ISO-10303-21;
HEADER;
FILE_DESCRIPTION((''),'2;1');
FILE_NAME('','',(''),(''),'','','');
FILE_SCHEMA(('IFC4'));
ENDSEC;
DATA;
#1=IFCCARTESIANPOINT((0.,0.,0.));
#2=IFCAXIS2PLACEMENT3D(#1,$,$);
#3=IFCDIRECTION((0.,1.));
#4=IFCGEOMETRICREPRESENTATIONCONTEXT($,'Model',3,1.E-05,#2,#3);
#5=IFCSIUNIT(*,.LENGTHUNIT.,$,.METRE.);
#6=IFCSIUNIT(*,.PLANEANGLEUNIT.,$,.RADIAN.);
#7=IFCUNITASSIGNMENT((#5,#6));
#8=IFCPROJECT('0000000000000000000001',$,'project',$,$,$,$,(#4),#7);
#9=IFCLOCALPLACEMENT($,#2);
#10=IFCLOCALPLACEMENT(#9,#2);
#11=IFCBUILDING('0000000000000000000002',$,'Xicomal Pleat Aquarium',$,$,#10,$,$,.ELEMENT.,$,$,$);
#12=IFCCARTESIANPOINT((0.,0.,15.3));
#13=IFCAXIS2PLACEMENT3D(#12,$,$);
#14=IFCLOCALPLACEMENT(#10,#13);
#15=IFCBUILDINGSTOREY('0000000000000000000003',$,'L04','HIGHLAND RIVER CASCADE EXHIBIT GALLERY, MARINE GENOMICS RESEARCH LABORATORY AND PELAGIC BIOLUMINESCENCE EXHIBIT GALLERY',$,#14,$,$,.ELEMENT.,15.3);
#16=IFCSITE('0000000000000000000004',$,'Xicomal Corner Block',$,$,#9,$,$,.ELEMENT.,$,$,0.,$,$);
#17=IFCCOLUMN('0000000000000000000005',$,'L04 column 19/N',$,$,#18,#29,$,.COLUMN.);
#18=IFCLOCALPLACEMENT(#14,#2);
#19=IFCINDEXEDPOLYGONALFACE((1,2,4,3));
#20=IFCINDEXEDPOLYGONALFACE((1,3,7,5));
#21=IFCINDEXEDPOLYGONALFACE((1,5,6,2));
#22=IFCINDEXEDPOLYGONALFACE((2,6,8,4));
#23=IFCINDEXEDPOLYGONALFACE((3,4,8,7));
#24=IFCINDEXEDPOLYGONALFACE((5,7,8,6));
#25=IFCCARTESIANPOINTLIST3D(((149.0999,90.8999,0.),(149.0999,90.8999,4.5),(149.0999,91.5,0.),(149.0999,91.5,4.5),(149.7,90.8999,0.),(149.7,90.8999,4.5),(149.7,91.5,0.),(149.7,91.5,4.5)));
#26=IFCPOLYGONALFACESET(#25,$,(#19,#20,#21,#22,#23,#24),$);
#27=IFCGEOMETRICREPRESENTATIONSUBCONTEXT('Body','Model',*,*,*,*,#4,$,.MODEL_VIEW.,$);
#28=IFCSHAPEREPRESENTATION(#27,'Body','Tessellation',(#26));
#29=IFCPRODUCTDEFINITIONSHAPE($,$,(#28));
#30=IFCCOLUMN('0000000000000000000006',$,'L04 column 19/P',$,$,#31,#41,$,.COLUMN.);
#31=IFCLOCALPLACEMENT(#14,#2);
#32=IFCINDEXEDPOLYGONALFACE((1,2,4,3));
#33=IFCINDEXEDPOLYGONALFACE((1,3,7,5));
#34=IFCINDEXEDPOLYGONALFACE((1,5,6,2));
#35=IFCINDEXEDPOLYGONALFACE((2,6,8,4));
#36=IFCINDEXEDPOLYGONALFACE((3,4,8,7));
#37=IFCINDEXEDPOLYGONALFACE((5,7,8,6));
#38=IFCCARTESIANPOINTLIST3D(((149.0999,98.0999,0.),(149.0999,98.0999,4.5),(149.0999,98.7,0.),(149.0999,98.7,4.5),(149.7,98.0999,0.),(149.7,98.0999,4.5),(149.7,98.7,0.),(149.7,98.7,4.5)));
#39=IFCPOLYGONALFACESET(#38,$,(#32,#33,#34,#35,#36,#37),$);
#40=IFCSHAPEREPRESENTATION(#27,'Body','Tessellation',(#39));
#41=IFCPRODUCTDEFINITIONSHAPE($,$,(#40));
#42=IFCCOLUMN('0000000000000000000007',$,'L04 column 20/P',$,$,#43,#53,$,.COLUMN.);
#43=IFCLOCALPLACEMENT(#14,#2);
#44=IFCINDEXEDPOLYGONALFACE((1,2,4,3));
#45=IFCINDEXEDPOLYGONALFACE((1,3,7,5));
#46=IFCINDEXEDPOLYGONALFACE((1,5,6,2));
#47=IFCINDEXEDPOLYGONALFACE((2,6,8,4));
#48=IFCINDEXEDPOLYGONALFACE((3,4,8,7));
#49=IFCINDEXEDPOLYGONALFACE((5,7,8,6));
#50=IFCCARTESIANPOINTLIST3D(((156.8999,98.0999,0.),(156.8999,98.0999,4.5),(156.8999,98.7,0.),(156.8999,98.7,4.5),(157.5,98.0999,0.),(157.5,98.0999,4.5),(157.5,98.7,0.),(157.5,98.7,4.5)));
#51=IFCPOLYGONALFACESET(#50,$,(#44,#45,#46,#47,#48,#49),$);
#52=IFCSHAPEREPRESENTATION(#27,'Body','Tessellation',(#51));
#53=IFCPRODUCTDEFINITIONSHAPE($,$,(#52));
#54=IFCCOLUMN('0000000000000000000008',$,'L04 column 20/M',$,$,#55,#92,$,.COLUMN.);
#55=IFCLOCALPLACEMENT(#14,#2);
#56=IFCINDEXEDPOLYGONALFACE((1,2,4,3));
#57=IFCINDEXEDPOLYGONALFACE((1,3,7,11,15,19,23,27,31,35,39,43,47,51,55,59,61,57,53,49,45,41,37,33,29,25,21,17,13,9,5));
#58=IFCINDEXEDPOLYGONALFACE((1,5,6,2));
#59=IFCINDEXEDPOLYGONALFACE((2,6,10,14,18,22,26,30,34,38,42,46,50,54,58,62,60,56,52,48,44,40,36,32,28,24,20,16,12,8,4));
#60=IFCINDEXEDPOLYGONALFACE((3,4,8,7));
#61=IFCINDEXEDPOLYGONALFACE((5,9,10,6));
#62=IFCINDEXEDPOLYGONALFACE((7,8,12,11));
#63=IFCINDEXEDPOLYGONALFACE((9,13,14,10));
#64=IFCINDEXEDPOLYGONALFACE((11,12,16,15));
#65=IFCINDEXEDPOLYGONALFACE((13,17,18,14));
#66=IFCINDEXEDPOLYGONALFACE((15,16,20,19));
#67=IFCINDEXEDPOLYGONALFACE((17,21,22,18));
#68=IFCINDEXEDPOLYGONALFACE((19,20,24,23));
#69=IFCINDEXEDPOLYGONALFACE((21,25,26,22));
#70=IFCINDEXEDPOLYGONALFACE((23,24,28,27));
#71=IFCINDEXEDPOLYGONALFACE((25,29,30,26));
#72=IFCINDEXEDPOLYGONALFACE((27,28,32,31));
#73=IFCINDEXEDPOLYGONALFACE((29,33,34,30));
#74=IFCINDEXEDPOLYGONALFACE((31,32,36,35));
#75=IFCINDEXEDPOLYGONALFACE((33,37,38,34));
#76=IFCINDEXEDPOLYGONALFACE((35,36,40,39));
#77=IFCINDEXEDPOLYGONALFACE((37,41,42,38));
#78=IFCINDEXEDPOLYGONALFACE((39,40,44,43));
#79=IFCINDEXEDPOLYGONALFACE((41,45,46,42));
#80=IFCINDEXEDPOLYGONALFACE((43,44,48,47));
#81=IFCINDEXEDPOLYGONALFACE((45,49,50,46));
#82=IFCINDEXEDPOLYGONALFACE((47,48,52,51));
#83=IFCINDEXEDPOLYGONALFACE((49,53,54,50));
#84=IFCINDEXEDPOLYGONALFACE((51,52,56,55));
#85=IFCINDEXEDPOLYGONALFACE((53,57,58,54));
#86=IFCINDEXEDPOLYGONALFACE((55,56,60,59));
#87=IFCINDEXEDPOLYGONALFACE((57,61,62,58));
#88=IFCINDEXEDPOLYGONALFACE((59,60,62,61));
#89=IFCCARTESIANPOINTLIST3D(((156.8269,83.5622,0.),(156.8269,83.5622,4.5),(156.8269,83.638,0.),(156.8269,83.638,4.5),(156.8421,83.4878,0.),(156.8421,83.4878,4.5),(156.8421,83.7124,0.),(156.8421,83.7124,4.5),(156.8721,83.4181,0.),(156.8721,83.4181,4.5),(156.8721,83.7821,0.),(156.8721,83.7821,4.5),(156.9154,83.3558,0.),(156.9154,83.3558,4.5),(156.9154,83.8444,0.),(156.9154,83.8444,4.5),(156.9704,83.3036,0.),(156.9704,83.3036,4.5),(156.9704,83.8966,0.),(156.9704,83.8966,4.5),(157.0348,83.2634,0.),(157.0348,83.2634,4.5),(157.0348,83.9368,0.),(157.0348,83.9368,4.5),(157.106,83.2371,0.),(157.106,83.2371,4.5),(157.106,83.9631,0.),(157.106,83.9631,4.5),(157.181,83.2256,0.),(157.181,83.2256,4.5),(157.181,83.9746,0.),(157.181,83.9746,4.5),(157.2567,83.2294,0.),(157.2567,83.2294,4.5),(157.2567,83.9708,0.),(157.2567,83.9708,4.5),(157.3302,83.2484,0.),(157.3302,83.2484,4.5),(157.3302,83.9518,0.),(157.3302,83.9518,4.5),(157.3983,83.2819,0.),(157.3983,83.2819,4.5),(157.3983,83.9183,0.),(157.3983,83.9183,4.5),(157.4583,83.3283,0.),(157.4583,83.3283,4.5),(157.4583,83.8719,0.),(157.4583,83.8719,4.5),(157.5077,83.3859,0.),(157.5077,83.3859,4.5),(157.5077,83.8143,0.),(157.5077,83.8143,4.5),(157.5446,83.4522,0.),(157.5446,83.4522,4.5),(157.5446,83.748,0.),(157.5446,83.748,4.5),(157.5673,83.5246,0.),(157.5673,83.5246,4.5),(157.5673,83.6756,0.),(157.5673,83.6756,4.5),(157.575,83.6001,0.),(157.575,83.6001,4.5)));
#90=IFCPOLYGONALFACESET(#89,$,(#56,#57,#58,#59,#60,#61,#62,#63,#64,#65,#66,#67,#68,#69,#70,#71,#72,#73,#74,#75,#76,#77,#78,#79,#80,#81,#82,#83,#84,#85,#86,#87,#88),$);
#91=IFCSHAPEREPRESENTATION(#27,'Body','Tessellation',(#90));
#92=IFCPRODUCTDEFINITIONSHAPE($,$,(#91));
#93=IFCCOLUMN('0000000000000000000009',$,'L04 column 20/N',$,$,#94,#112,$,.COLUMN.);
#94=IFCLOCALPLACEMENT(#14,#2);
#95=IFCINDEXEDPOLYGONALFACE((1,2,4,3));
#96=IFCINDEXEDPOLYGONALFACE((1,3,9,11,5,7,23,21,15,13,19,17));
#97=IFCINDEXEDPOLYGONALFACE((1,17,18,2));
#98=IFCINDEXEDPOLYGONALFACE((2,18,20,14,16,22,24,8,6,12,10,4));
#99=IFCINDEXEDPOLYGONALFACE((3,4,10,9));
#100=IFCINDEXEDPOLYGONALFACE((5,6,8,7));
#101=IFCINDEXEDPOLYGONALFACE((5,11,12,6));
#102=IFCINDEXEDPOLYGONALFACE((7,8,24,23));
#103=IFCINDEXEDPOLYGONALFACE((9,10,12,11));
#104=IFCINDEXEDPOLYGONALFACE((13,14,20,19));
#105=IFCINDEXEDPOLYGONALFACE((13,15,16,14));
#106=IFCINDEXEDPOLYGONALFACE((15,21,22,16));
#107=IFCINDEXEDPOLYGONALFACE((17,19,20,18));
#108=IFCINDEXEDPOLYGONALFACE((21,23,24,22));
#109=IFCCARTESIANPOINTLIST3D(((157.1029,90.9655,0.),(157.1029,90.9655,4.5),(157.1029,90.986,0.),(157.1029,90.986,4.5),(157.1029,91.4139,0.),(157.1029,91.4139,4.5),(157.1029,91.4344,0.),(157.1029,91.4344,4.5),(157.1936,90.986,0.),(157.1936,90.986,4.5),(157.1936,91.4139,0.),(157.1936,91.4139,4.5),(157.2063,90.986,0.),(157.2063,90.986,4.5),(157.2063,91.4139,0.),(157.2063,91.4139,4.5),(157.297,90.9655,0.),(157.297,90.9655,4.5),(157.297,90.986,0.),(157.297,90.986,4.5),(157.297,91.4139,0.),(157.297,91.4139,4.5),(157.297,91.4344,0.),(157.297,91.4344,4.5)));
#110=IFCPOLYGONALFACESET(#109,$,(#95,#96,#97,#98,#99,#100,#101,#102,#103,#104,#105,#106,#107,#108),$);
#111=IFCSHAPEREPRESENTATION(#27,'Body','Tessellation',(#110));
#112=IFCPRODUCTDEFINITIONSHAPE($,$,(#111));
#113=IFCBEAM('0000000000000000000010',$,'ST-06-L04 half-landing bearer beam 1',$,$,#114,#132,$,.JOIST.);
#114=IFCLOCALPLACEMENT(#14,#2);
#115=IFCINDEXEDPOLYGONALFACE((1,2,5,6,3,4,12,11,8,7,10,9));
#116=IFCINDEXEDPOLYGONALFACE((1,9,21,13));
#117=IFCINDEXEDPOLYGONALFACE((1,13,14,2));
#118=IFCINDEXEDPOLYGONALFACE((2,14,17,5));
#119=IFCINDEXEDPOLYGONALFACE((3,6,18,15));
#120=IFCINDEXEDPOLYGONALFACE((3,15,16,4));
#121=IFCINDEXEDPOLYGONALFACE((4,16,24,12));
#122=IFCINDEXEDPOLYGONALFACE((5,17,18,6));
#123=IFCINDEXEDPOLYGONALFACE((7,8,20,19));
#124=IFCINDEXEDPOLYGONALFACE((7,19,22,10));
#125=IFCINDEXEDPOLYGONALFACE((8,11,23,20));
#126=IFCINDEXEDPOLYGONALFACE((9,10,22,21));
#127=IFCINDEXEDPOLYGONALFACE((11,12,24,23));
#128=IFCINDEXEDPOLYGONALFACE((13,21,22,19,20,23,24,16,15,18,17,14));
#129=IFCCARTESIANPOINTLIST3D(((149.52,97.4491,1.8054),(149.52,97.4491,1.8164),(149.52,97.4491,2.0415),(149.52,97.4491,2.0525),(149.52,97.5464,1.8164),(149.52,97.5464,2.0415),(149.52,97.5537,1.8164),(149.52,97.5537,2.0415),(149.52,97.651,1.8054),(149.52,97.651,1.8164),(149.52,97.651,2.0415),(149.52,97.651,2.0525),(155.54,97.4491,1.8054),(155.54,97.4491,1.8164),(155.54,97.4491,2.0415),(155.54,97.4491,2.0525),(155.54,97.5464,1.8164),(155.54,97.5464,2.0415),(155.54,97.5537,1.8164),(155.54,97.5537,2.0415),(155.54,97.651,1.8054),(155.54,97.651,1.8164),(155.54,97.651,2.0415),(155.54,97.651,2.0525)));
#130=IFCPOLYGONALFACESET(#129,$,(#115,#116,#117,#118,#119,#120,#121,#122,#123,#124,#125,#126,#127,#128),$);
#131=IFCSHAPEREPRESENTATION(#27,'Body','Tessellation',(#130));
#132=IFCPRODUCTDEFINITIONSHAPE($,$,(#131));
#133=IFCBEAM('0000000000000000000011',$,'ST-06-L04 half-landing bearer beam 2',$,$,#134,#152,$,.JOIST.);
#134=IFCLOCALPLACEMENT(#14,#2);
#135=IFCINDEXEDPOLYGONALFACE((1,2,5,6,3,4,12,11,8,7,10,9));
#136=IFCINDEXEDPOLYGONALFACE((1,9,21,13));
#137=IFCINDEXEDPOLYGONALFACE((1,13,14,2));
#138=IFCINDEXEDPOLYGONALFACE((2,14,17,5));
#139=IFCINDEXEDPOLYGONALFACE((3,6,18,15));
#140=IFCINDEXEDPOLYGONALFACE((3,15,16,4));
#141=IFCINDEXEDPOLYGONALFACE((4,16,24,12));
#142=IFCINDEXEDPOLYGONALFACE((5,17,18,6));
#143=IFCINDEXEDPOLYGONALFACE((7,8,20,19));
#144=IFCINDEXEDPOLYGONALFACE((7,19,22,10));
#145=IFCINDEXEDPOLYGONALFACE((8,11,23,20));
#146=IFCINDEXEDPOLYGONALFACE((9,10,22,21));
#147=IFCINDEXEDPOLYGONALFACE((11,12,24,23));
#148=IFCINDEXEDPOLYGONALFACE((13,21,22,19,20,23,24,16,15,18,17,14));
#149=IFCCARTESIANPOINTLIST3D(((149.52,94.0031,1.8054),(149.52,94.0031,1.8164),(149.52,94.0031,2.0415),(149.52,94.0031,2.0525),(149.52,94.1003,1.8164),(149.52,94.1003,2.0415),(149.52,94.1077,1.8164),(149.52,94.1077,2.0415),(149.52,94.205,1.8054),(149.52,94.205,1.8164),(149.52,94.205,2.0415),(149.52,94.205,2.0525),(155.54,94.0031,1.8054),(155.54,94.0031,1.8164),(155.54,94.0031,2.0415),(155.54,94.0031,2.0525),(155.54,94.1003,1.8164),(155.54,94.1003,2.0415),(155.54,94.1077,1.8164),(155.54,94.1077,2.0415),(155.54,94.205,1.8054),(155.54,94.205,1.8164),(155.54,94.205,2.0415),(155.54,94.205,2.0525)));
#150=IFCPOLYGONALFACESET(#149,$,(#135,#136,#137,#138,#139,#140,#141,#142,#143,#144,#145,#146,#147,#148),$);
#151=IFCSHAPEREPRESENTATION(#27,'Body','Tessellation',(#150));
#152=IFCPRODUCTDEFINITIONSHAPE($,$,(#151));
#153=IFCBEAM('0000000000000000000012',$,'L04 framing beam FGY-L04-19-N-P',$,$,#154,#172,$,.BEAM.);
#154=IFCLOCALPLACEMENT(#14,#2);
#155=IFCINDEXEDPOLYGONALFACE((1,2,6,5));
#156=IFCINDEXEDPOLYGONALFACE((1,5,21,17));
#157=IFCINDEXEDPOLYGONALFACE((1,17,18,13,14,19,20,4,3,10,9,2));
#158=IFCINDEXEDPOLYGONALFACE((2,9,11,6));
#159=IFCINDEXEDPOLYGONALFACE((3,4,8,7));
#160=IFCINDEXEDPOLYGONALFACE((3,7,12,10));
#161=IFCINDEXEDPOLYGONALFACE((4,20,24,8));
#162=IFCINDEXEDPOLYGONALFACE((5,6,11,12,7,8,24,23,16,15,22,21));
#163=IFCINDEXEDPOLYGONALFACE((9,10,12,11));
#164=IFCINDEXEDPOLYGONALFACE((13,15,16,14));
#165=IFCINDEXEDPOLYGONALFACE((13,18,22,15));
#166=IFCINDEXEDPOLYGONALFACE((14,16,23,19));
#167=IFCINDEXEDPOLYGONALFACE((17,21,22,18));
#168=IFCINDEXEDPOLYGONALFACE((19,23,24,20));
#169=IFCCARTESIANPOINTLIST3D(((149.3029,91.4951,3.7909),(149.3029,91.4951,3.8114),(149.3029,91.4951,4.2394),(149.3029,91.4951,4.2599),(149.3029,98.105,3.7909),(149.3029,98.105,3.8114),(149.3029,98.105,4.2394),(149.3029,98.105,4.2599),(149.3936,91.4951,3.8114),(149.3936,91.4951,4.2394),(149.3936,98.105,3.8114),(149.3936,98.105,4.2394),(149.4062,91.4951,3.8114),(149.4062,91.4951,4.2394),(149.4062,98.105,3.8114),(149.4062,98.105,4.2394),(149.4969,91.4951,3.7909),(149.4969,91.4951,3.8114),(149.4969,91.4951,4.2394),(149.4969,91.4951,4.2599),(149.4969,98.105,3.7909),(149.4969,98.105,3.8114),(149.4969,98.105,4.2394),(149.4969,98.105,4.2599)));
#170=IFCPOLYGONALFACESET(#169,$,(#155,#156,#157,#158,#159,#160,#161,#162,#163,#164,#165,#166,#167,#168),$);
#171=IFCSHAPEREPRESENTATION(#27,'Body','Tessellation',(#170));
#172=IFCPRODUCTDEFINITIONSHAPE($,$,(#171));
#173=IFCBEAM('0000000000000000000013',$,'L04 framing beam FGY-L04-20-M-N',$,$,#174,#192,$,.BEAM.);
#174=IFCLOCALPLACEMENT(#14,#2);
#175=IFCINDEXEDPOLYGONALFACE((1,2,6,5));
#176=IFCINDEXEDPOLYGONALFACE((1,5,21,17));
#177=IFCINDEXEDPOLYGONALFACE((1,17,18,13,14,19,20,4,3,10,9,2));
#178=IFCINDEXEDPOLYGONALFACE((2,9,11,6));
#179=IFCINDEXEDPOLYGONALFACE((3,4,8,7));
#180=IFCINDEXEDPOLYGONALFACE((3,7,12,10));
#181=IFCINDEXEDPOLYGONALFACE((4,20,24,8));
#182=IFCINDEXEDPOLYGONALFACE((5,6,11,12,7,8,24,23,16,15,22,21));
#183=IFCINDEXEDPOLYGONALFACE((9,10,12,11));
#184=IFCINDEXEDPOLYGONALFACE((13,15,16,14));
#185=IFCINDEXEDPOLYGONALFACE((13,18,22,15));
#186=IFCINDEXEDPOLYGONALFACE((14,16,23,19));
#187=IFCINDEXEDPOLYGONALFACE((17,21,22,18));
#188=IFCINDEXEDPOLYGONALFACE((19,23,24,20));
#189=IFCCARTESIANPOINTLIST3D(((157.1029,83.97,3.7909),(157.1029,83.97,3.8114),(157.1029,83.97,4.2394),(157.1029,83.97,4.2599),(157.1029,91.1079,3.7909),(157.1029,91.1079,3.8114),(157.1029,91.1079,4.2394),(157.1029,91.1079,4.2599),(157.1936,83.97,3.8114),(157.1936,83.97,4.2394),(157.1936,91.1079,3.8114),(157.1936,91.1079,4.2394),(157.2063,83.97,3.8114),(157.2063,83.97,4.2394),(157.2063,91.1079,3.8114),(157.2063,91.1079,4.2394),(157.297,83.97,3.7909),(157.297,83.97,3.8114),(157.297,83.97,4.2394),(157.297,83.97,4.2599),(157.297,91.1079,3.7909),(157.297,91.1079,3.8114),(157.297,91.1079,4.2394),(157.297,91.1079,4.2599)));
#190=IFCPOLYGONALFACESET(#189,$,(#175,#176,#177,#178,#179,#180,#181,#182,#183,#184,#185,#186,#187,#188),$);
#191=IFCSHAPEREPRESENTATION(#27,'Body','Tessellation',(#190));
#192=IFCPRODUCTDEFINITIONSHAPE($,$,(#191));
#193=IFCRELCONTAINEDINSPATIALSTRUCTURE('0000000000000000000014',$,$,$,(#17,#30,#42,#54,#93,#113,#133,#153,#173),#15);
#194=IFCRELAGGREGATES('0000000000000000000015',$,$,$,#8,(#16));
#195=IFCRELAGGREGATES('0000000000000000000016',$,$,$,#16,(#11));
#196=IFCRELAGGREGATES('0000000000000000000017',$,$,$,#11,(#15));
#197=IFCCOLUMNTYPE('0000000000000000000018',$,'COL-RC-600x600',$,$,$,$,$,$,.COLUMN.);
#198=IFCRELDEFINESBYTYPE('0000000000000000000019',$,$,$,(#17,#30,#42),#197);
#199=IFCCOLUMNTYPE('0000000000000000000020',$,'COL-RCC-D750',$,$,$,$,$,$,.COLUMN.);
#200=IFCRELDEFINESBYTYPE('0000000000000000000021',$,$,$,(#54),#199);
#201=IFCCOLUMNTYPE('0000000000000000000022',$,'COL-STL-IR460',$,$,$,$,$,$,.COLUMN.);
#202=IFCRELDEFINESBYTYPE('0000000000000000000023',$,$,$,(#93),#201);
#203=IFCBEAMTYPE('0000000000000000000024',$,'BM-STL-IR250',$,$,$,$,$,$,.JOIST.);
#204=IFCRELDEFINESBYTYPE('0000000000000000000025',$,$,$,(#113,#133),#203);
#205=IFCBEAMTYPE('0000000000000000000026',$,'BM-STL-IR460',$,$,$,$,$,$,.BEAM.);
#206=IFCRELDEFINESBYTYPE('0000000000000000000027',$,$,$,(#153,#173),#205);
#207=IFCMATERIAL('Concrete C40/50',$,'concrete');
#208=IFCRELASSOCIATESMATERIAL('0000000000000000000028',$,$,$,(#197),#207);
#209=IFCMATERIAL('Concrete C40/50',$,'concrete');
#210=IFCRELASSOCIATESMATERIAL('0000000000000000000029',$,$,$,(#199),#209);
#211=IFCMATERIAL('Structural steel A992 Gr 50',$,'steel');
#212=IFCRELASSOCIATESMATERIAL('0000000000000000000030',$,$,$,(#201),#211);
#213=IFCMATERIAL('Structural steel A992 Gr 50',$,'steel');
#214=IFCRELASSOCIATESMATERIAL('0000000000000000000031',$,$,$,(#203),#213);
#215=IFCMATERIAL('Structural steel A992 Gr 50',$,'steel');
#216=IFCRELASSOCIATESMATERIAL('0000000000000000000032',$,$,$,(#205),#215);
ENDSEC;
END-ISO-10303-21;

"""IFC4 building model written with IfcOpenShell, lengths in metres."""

from ifc_helpers import new_model, si_unit, direction, frame, origin, origin_2d, place, context, subcontext, project, spatial, rectangle, circle, i_section, extrude, material, material_profile, profile_set, type_object, element, save


model = new_model("IFC4")

# Units and contexts
model_context = context("Model", 3, precision=1e-05, world=origin(), true_north=direction((0.0, 1.0)))
body_context = subcontext(model_context, "Body", "Model", "MODEL_VIEW")
ifc_project = project(units=[si_unit("LENGTHUNIT", "METRE"), si_unit("PLANEANGLEUNIT", "RADIAN")], contexts=[model_context])

# Site, building, storey
site_placement = place(None, origin())
site = spatial("IfcSite", under=ifc_project, at=site_placement, Name="Xicomal Corner Block", CompositionType="ELEMENT", RefElevation=0.0)
building_placement = place(site_placement, origin())
building = spatial("IfcBuilding", under=site, at=building_placement, Name="Xicomal Pleat Aquarium", CompositionType="ELEMENT")
storey_placement = place(building_placement, frame((0.0, 0.0, 15.3)))
storey = spatial("IfcBuildingStorey", under=building, at=storey_placement, Name="L04", Description="HIGHLAND RIVER CASCADE EXHIBIT GALLERY, MARINE GENOMICS RESEARCH LABORATORY AND PELAGIC BIOLUMINESCENCE EXHIBIT GALLERY", CompositionType="ELEMENT", Elevation=15.3)

# Columns
ifc_material_1 = material(Name="Concrete C40/50", Category="concrete")
ifc_material_profile_1 = material_profile(ifc_material_1, rectangle(XDim=0.6001, YDim=0.6001, at=origin_2d()), Name="RC 600x600")
ifc_profile_set_1 = profile_set([ifc_material_profile_1], Name="Concrete C40/50")
column_type_1 = type_object("IfcColumnType", Name="COL-RC-600x600", PredefinedType="COLUMN", material=ifc_profile_set_1)
for number, where, z_axis, x_axis, name in (
    (1, (149.3999, 91.2, 0.0), (0.0, 0.0, 1.0), (1.0, 0.0, 0.0), "L04 column 19/N"),
    (2, (149.3999, 98.3999, 0.0), (0.0, 0.0, 1.0), (1.0, 0.0, 0.0), "L04 column 19/P"),
    (3, (157.2, 98.3999, 0.0), (0.0, 0.0, 1.0), (1.0, 0.0, 0.0), "L04 column 20/P"),
):
    element("IfcColumn", number, at=place(storey_placement, frame(where, z_axis=z_axis, x_axis=x_axis)), inside=storey, type_object=column_type_1, Name=name, PredefinedType="COLUMN", context=body_context, shape_type="SweptSolid", body=[
        extrude(rectangle(XDim=0.6001, YDim=0.6001, at=origin_2d()), origin(), (0.0, 0.0, 1.0), 4.5),
    ])
ifc_material_2 = material(Name="Concrete C40/50", Category="concrete")
ifc_material_profile_2 = material_profile(ifc_material_2, circle(Radius=0.375, at=origin_2d()), Name="RCC D750")
ifc_profile_set_2 = profile_set([ifc_material_profile_2], Name="Concrete C40/50")
column_type_2 = type_object("IfcColumnType", Name="COL-RCC-D750", PredefinedType="COLUMN", material=ifc_profile_set_2)
column_1_placement = place(storey_placement, frame((157.2, 83.6001, 0.0), z_axis=(0.0, 0.0, 1.0), x_axis=(1.0, 0.0, 0.0)))
element("IfcColumn", 4, at=column_1_placement, inside=storey, type_object=column_type_2, Name="L04 column 20/M", PredefinedType="COLUMN", context=body_context, shape_type="SweptSolid", body=[
    extrude(circle(Radius=0.375, at=origin_2d()), origin(), (0.0, 0.0, 1.0), 4.5),
])
ifc_material_3 = material(Name="Structural steel A992 Gr 50", Category="steel")
ifc_material_profile_3 = material_profile(ifc_material_3, i_section(OverallWidth=0.1941, OverallDepth=0.469, WebThickness=0.0127, FlangeThickness=0.0205, at=origin_2d()), Name="IR 460x106")
ifc_profile_set_3 = profile_set([ifc_material_profile_3], Name="Structural steel A992 Gr 50")
column_type_3 = type_object("IfcColumnType", Name="COL-STL-IR460", PredefinedType="COLUMN", material=ifc_profile_set_3)
column_2_placement = place(storey_placement, frame((157.2, 91.2, 0.0), z_axis=(0.0, 0.0, 1.0), x_axis=(1.0, 0.0, 0.0)))
element("IfcColumn", 5, at=column_2_placement, inside=storey, type_object=column_type_3, Name="L04 column 20/N", PredefinedType="COLUMN", context=body_context, shape_type="SweptSolid", body=[
    extrude(i_section(OverallWidth=0.1941, OverallDepth=0.469, WebThickness=0.0127, FlangeThickness=0.0205, at=origin_2d()), origin(), (0.0, 0.0, 1.0), 4.5),
])

# Beams
ifc_material_4 = material(Name="Structural steel A992 Gr 50", Category="steel")
ifc_material_profile_4 = material_profile(ifc_material_4, i_section(OverallWidth=0.2019, OverallDepth=0.2471, WebThickness=0.0073, FlangeThickness=0.011, at=origin_2d()), Name="IR 250x49")
ifc_profile_set_4 = profile_set([ifc_material_profile_4], Name="Structural steel A992 Gr 50")
beam_type_1 = type_object("IfcBeamType", Name="BM-STL-IR250", PredefinedType="JOIST", material=ifc_profile_set_4)
for number, where, z_axis, x_axis, name in (
    (6, (149.52, 97.55, 1.929), (1.0, 0.0, 0.0), (0.0, 1.0, 0.0), "ST-06-L04 half-landing bearer beam 1"),
    (7, (149.52, 94.104, 1.929), (1.0, 0.0, 0.0), (0.0, 1.0, 0.0), "ST-06-L04 half-landing bearer beam 2"),
):
    element("IfcBeam", number, at=place(storey_placement, frame(where, z_axis=z_axis, x_axis=x_axis)), inside=storey, type_object=beam_type_1, Name=name, PredefinedType="JOIST", context=body_context, shape_type="SweptSolid", body=[
        extrude(i_section(OverallWidth=0.2019, OverallDepth=0.2471, WebThickness=0.0073, FlangeThickness=0.011, at=origin_2d()), origin(), (0.0, 0.0, 1.0), 6.02),
    ])
ifc_material_5 = material(Name="Structural steel A992 Gr 50", Category="steel")
ifc_material_profile_5 = material_profile(ifc_material_5, i_section(OverallWidth=0.1941, OverallDepth=0.469, WebThickness=0.0127, FlangeThickness=0.0205, at=origin_2d()), Name="IR 460x106")
ifc_profile_set_5 = profile_set([ifc_material_profile_5], Name="Structural steel A992 Gr 50")
beam_type_2 = type_object("IfcBeamType", Name="BM-STL-IR460", PredefinedType="BEAM", material=ifc_profile_set_5)
beam_1_placement = place(storey_placement, frame((149.3999, 91.4951, 4.0254), z_axis=(0.0, 1.0, 0.0), x_axis=(-1.0, 0.0, 0.0)))
element("IfcBeam", 8, at=beam_1_placement, inside=storey, type_object=beam_type_2, Name="L04 framing beam FGY-L04-19-N-P", PredefinedType="BEAM", context=body_context, shape_type="SweptSolid", body=[
    extrude(i_section(OverallWidth=0.1941, OverallDepth=0.469, WebThickness=0.0127, FlangeThickness=0.0205, at=origin_2d()), origin(), (0.0, 0.0, 1.0), 6.6099),
])
beam_2_placement = place(storey_placement, frame((157.2, 83.97, 4.0254), z_axis=(0.0, 1.0, 0.0), x_axis=(-1.0, 0.0, 0.0)))
element("IfcBeam", 9, at=beam_2_placement, inside=storey, type_object=beam_type_2, Name="L04 framing beam FGY-L04-20-M-N", PredefinedType="BEAM", context=body_context, shape_type="SweptSolid", body=[
    extrude(i_section(OverallWidth=0.1941, OverallDepth=0.469, WebThickness=0.0127, FlangeThickness=0.0205, at=origin_2d()), origin(), (0.0, 0.0, 1.0), 7.1379),
])

save(model, "model.ifc")
